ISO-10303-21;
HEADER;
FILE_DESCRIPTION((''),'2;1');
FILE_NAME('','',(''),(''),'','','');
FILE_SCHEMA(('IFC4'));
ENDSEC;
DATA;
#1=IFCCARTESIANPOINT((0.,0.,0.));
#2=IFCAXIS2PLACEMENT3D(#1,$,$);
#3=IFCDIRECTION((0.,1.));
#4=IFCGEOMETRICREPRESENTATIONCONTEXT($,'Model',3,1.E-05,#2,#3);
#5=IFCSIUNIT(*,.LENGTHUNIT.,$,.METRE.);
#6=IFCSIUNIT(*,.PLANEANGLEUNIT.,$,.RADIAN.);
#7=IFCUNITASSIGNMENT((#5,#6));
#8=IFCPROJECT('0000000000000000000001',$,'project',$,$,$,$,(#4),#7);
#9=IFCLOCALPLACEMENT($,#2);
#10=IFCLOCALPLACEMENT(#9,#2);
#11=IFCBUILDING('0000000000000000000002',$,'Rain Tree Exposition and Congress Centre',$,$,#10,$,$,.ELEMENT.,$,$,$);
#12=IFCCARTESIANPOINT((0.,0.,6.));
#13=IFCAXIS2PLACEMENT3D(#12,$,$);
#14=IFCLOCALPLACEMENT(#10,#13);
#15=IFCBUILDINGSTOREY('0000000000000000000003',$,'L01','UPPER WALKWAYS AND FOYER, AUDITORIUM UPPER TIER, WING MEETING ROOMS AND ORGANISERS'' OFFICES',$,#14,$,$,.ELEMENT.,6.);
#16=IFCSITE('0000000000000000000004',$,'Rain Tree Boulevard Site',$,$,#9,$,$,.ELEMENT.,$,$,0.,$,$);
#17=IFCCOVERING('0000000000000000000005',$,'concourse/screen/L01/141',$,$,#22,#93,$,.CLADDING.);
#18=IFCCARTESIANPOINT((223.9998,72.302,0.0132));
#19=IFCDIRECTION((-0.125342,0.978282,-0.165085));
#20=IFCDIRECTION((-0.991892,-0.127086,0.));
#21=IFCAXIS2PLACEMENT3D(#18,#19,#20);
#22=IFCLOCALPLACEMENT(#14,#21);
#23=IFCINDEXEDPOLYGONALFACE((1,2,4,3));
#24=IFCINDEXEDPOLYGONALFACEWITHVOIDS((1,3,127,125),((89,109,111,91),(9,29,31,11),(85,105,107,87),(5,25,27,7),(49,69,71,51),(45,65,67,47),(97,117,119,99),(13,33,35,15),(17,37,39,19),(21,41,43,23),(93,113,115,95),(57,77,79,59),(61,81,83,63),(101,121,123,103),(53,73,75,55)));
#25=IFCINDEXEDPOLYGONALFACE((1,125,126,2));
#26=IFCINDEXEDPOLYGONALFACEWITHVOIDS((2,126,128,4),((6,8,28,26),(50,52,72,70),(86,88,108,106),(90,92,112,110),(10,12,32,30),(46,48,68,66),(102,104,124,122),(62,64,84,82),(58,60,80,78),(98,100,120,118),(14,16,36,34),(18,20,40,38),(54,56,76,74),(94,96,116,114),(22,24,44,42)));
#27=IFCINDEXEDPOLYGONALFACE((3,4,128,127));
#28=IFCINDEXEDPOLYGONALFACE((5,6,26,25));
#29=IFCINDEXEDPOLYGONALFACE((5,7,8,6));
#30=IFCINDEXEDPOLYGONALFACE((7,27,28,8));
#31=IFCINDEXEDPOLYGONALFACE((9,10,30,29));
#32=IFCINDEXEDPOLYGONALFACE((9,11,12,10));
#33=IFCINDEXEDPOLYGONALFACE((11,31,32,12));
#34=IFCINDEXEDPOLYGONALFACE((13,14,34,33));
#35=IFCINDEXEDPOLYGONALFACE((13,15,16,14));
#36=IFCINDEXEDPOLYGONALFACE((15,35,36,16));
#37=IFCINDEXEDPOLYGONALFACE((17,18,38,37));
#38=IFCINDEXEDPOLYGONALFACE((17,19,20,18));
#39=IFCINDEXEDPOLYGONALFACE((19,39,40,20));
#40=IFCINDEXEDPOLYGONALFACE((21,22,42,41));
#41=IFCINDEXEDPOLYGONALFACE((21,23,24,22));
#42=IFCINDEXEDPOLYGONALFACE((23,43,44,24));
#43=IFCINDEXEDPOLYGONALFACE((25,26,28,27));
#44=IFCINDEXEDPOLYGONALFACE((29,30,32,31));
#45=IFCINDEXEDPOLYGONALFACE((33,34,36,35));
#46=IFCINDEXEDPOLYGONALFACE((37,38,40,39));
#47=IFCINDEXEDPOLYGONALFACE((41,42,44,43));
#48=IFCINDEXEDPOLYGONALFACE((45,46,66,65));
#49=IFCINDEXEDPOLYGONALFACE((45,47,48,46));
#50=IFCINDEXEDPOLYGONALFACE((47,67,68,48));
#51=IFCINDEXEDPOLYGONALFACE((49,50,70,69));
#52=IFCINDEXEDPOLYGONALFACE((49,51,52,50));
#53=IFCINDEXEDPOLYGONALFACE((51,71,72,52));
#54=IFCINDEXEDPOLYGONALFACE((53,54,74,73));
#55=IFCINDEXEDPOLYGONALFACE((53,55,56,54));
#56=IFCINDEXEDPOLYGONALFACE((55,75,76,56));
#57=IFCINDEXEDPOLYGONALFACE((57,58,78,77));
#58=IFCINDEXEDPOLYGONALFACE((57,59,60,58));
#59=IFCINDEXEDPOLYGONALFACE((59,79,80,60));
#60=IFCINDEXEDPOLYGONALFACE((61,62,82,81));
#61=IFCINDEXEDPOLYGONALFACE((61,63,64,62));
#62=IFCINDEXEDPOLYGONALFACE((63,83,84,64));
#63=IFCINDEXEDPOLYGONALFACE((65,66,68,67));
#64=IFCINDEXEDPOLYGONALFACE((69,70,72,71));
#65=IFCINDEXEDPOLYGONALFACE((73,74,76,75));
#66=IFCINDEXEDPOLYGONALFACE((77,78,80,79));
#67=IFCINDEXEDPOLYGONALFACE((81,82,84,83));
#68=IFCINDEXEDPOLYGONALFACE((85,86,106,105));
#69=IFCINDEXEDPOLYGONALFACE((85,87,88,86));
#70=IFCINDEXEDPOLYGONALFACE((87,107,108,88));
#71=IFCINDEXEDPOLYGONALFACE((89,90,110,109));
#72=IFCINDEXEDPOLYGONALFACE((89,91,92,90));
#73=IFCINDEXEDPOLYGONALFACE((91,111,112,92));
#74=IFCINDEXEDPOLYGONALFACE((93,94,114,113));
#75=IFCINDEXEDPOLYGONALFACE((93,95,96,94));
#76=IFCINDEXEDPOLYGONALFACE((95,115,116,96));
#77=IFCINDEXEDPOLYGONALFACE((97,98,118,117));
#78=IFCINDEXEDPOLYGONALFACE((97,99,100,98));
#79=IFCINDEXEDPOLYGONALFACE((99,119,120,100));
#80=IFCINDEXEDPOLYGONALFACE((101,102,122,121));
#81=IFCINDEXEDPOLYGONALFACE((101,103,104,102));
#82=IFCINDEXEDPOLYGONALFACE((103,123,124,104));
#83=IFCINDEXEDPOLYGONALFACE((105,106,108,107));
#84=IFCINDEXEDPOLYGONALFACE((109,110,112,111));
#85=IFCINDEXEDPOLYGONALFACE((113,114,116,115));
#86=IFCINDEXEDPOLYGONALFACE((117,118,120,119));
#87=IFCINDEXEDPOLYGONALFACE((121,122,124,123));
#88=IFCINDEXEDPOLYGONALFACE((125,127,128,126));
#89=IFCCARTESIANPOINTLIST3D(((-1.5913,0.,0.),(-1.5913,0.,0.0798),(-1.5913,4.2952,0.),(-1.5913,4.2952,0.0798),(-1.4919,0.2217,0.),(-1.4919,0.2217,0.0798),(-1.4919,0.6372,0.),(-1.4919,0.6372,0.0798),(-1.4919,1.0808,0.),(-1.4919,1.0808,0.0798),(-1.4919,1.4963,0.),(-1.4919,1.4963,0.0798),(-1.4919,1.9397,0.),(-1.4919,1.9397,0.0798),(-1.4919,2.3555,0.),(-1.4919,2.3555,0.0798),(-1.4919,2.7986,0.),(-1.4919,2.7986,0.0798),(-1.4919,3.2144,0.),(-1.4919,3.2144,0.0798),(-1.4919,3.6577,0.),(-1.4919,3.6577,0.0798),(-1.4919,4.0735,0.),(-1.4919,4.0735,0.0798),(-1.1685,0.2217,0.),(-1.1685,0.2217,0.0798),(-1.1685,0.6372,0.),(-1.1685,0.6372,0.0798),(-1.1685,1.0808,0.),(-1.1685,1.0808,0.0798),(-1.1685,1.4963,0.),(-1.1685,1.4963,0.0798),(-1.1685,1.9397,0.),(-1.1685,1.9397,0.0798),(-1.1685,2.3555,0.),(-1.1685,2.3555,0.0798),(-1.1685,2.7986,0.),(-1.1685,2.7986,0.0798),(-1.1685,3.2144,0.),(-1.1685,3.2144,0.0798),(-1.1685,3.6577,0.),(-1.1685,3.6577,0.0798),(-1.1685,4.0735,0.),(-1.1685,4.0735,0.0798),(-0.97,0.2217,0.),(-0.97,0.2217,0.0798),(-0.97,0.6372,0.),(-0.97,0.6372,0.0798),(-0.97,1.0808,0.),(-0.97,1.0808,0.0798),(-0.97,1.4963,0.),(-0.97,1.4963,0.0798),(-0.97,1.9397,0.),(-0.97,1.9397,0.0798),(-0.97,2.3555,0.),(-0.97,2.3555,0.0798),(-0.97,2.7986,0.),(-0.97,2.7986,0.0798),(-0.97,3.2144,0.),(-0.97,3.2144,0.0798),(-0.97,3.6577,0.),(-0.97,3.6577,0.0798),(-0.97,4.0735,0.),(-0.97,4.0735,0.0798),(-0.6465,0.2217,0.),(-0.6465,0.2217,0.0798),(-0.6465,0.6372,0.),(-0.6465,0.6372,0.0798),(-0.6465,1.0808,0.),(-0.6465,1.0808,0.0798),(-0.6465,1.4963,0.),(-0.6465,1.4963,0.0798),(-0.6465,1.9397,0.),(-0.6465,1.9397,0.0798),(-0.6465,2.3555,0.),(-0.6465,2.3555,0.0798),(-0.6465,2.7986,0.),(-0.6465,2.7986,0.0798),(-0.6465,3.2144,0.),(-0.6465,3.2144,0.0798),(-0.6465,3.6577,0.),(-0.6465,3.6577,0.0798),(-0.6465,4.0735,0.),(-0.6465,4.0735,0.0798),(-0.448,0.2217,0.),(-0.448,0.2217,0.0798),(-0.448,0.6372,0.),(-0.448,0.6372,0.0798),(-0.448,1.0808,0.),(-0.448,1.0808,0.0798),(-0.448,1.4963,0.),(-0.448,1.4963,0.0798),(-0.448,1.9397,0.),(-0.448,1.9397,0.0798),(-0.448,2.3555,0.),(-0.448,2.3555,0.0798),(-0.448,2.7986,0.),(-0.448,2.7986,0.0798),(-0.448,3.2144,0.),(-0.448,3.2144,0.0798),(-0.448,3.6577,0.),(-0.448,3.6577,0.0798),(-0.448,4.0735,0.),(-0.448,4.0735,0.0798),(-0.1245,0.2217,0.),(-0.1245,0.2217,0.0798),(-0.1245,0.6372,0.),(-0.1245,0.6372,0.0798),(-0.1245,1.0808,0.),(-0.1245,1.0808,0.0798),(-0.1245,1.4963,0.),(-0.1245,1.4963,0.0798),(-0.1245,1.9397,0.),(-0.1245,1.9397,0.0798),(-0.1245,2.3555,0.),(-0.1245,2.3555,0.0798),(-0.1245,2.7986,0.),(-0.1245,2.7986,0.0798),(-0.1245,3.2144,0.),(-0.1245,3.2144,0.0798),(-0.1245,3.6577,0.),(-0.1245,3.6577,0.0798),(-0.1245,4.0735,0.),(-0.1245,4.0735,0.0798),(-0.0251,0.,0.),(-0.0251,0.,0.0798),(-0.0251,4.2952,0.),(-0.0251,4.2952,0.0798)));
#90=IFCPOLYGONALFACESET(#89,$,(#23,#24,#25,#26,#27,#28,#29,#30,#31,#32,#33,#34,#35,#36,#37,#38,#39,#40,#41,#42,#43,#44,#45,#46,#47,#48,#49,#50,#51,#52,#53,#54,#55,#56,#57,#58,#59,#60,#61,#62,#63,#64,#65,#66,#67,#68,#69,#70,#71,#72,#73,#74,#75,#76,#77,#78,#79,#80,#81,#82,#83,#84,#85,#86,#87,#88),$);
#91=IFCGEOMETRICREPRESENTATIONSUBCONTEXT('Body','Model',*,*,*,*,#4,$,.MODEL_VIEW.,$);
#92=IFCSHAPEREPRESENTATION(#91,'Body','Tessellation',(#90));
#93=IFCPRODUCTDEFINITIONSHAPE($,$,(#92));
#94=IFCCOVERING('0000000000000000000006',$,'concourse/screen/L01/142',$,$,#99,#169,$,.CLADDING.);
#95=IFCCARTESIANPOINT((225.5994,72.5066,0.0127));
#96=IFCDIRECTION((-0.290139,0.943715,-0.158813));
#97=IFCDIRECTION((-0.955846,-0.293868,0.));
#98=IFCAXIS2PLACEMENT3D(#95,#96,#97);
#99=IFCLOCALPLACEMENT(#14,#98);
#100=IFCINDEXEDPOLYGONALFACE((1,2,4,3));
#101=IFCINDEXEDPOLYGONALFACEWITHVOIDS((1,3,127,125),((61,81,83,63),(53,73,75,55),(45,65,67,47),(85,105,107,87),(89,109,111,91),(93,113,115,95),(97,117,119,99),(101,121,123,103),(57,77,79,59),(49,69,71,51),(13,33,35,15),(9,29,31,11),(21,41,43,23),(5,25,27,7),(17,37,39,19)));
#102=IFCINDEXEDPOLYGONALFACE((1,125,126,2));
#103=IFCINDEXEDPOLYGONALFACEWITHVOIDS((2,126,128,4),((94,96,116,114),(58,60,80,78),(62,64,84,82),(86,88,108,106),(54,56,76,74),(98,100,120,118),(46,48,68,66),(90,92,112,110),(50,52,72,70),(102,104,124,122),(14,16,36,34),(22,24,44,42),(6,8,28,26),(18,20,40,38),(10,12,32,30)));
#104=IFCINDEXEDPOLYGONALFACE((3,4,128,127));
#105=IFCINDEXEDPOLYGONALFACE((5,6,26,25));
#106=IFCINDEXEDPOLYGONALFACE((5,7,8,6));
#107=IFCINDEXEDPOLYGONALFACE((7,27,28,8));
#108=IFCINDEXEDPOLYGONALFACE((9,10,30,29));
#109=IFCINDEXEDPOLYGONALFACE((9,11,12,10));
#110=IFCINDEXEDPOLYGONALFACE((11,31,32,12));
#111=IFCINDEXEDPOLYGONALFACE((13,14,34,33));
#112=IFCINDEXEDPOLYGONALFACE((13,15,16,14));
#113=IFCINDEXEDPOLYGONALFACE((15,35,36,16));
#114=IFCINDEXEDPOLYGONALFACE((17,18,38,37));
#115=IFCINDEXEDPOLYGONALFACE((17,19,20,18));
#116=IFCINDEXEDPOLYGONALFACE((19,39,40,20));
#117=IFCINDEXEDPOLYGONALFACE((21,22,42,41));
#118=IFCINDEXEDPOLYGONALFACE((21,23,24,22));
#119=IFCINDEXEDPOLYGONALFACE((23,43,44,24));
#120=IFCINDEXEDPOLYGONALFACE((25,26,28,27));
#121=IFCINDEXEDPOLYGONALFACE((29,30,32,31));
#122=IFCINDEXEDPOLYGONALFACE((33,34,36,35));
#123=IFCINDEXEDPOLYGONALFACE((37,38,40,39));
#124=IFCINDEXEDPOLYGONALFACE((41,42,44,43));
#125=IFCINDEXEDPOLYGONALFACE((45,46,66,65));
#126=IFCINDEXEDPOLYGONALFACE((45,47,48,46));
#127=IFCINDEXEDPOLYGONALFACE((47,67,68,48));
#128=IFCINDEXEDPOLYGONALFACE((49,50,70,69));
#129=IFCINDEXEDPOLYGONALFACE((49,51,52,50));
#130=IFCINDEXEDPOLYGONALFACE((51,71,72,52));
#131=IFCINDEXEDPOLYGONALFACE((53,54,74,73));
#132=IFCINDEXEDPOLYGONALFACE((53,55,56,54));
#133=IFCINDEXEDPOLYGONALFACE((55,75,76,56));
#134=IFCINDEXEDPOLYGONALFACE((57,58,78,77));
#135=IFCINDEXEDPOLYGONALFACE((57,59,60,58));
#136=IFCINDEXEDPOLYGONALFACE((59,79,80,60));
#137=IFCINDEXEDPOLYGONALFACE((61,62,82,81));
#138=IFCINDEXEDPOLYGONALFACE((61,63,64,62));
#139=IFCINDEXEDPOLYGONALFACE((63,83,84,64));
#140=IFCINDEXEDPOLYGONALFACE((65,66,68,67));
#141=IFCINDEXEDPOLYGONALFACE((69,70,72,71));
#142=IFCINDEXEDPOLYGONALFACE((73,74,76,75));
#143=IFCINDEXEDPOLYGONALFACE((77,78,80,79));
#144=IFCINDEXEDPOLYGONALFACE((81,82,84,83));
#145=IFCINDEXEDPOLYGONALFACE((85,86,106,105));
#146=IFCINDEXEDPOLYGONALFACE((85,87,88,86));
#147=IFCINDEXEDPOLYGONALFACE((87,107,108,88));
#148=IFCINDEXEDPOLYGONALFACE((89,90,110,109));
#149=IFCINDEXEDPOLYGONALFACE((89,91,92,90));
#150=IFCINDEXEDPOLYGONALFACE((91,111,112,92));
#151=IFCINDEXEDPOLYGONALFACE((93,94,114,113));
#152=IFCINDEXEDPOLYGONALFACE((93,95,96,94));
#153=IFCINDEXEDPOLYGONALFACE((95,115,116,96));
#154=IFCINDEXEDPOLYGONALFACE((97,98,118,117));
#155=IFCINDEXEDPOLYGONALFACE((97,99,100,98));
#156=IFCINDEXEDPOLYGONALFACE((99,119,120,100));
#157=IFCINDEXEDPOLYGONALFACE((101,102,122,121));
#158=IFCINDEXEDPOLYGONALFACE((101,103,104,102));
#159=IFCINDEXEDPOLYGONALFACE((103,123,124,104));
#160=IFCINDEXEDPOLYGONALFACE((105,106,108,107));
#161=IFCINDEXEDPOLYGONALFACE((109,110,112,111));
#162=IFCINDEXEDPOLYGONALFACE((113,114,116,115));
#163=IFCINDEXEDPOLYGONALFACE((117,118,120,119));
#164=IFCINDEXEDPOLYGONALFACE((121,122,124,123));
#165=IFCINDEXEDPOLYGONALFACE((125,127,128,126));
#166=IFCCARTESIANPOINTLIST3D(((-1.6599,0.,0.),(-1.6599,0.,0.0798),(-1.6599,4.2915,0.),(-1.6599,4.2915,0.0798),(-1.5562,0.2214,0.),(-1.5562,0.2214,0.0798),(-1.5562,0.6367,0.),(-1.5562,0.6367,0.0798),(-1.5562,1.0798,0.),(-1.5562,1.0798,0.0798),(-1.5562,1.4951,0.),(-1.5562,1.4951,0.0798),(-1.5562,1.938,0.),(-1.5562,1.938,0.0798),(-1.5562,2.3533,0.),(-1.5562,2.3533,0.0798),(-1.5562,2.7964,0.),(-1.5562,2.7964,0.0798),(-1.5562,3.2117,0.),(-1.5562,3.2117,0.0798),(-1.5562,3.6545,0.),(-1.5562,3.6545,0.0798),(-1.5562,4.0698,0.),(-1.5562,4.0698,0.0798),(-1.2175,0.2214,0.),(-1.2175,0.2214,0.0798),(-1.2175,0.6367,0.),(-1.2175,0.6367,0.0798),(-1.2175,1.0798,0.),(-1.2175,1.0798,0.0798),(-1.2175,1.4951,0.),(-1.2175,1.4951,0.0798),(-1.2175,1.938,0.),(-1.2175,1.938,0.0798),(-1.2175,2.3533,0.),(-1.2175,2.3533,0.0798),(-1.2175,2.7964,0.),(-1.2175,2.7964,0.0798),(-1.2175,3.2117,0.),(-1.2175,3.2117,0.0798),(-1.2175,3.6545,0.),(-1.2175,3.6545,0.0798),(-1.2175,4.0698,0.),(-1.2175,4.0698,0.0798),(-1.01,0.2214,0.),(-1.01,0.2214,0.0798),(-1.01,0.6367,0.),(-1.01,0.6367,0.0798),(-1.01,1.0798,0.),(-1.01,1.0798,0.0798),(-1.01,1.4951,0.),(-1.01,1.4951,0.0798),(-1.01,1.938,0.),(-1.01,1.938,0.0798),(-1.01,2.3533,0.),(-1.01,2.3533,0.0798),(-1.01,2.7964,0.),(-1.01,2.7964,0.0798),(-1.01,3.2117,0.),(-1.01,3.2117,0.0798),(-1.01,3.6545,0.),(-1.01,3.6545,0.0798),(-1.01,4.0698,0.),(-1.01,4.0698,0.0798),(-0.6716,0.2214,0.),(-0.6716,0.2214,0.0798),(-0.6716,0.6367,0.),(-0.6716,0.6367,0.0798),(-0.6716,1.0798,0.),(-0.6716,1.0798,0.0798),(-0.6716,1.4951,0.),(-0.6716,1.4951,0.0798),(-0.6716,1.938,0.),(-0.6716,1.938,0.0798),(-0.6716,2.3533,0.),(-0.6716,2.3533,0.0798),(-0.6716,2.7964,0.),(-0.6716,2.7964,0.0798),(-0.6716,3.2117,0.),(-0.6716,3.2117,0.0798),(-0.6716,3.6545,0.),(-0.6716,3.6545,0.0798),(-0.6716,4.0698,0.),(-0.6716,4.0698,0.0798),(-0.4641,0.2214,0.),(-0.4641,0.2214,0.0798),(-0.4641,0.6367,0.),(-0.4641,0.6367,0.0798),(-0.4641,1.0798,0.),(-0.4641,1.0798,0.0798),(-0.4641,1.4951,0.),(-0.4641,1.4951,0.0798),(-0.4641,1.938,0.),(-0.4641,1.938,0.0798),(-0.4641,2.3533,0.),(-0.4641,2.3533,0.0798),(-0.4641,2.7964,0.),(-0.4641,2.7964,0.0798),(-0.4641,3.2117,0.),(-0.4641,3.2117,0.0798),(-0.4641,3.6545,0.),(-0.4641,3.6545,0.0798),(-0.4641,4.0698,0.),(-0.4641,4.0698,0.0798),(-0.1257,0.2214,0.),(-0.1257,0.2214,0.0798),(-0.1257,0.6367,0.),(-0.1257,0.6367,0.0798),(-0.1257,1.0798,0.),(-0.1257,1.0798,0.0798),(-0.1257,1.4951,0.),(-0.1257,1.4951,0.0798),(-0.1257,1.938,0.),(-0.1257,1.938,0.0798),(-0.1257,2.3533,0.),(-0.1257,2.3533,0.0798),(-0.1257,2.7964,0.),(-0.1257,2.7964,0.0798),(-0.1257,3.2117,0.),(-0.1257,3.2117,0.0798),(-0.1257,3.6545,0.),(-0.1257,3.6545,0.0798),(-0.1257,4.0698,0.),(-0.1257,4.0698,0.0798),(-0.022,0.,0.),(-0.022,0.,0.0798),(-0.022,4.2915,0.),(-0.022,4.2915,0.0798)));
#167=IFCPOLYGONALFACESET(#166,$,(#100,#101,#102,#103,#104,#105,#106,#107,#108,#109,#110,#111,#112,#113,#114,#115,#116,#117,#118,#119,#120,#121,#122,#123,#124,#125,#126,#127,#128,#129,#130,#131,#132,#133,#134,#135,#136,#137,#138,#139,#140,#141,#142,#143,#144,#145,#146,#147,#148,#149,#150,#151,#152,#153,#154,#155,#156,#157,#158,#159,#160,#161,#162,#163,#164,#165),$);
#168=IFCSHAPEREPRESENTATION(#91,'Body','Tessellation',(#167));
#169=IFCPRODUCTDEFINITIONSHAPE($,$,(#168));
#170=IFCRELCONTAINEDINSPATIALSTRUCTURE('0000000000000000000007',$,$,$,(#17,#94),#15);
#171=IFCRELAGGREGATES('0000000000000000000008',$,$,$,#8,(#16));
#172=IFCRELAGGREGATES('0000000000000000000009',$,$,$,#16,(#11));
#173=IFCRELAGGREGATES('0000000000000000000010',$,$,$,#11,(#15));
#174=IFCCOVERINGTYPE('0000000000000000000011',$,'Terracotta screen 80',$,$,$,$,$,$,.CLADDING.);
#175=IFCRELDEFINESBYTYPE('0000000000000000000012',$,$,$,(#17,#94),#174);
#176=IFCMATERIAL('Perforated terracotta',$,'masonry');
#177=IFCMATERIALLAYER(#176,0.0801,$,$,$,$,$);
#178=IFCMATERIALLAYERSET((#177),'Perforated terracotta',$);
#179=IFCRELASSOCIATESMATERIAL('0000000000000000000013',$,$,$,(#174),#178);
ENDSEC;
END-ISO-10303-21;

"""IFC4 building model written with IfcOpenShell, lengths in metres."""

from ifc_helpers import new_model, si_unit, direction, frame, origin, place, context, subcontext, project, spatial, polyline, outline, extrude, material, layer, layer_set, type_object, element, save


model = new_model("IFC4")

# Units and contexts
model_context = context("Model", 3, precision=1e-05, world=origin(), true_north=direction((0.0, 1.0)))
body_context = subcontext(model_context, "Body", "Model", "MODEL_VIEW")
ifc_project = project(units=[si_unit("LENGTHUNIT", "METRE"), si_unit("PLANEANGLEUNIT", "RADIAN")], contexts=[model_context])

# Site, building, storey
site_placement = place(None, origin())
site = spatial("IfcSite", under=ifc_project, at=site_placement, Name="Rain Tree Boulevard Site", CompositionType="ELEMENT", RefElevation=0.0)
building_placement = place(site_placement, origin())
building = spatial("IfcBuilding", under=site, at=building_placement, Name="Rain Tree Exposition and Congress Centre", CompositionType="ELEMENT")
storey_placement = place(building_placement, frame((0.0, 0.0, 6.0)))
storey = spatial("IfcBuildingStorey", under=building, at=storey_placement, Name="L01", Description="UPPER WALKWAYS AND FOYER, AUDITORIUM UPPER TIER, WING MEETING ROOMS AND ORGANISERS' OFFICES", CompositionType="ELEMENT", Elevation=6.0)

# Coverings
ifc_material_1 = material(Name="Perforated terracotta", Category="masonry")
ifc_layer_1 = layer(ifc_material_1, 0.0801)
ifc_layer_set_1 = layer_set([ifc_layer_1], Name="Perforated terracotta")
covering_type = type_object("IfcCoveringType", Name="Terracotta screen 80", PredefinedType="CLADDING", material=ifc_layer_set_1)
covering_1_placement = place(storey_placement, frame((223.9998, 72.302, 0.0132), z_axis=(-0.125342, 0.978282, -0.165085), x_axis=(-0.991892, -0.127086, 0.0)))
element("IfcCovering", 1, at=covering_1_placement, inside=storey, type_object=covering_type, Name="concourse/screen/L01/141", PredefinedType="CLADDING", context=body_context, shape_type="SweptSolid", body=[
    extrude(outline(polyline([(-1.5913, 0.0), (-1.5913, 4.2952), (-0.0251, 4.2952), (-0.0251, 0.0), (-1.5913, 0.0)]), holes=[polyline([(-0.1245, 0.2217), (-0.1245, 0.6372), (-0.448, 0.6372), (-0.448, 0.2217), (-0.1245, 0.2217)]), polyline([(-0.1245, 1.0808), (-0.1245, 1.4963), (-0.448, 1.4963), (-0.448, 1.0808), (-0.1245, 1.0808)]), polyline([(-0.1245, 1.9397), (-0.1245, 2.3555), (-0.448, 2.3555), (-0.448, 1.9397), (-0.1245, 1.9397)]), polyline([(-0.1245, 2.7986), (-0.1245, 3.2144), (-0.448, 3.2144), (-0.448, 2.7986), (-0.1245, 2.7986)]), polyline([(-0.1245, 3.6577), (-0.1245, 4.0735), (-0.448, 4.0735), (-0.448, 3.6577), (-0.1245, 3.6577)]), polyline([(-0.6465, 0.2217), (-0.6465, 0.6372), (-0.97, 0.6372), (-0.97, 0.2217), (-0.6465, 0.2217)]), polyline([(-0.6465, 1.0808), (-0.6465, 1.4963), (-0.97, 1.4963), (-0.97, 1.0808), (-0.6465, 1.0808)]), polyline([(-0.6465, 1.9397), (-0.6465, 2.3555), (-0.97, 2.3555), (-0.97, 1.9397), (-0.6465, 1.9397)]), polyline([(-0.6465, 2.7986), (-0.6465, 3.2144), (-0.97, 3.2144), (-0.97, 2.7986), (-0.6465, 2.7986)]), polyline([(-0.6465, 3.6577), (-0.6465, 4.0735), (-0.97, 4.0735), (-0.97, 3.6577), (-0.6465, 3.6577)]), polyline([(-1.1685, 0.2217), (-1.1685, 0.6372), (-1.4919, 0.6372), (-1.4919, 0.2217), (-1.1685, 0.2217)]), polyline([(-1.1685, 1.0808), (-1.1685, 1.4963), (-1.4919, 1.4963), (-1.4919, 1.0808), (-1.1685, 1.0808)]), polyline([(-1.1685, 1.9397), (-1.1685, 2.3555), (-1.4919, 2.3555), (-1.4919, 1.9397), (-1.1685, 1.9397)]), polyline([(-1.1685, 2.7986), (-1.1685, 3.2144), (-1.4919, 3.2144), (-1.4919, 2.7986), (-1.1685, 2.7986)]), polyline([(-1.1685, 3.6577), (-1.1685, 4.0735), (-1.4919, 4.0735), (-1.4919, 3.6577), (-1.1685, 3.6577)])]), origin(), (0.0, 0.0, 1.0), 0.0798),
])
covering_2_placement = place(storey_placement, frame((225.5994, 72.5066, 0.0127), z_axis=(-0.290139, 0.943715, -0.158813), x_axis=(-0.955846, -0.293868, 0.0)))
element("IfcCovering", 2, at=covering_2_placement, inside=storey, type_object=covering_type, Name="concourse/screen/L01/142", PredefinedType="CLADDING", context=body_context, shape_type="SweptSolid", body=[
    extrude(outline(polyline([(-1.6599, 0.0), (-1.6599, 4.2915), (-0.022, 4.2915), (-0.022, 0.0), (-1.6599, 0.0)]), holes=[polyline([(-0.1257, 0.2214), (-0.1257, 0.6367), (-0.4641, 0.6367), (-0.4641, 0.2214), (-0.1257, 0.2214)]), polyline([(-0.1257, 1.0798), (-0.1257, 1.4951), (-0.4641, 1.4951), (-0.4641, 1.0798), (-0.1257, 1.0798)]), polyline([(-0.1257, 1.938), (-0.1257, 2.3533), (-0.4641, 2.3533), (-0.4641, 1.938), (-0.1257, 1.938)]), polyline([(-0.1257, 2.7964), (-0.1257, 3.2117), (-0.4641, 3.2117), (-0.4641, 2.7964), (-0.1257, 2.7964)]), polyline([(-0.1257, 3.6545), (-0.1257, 4.0698), (-0.4641, 4.0698), (-0.4641, 3.6545), (-0.1257, 3.6545)]), polyline([(-0.6716, 0.2214), (-0.6716, 0.6367), (-1.01, 0.6367), (-1.01, 0.2214), (-0.6716, 0.2214)]), polyline([(-0.6716, 1.0798), (-0.6716, 1.4951), (-1.01, 1.4951), (-1.01, 1.0798), (-0.6716, 1.0798)]), polyline([(-0.6716, 1.938), (-0.6716, 2.3533), (-1.01, 2.3533), (-1.01, 1.938), (-0.6716, 1.938)]), polyline([(-0.6716, 2.7964), (-0.6716, 3.2117), (-1.01, 3.2117), (-1.01, 2.7964), (-0.6716, 2.7964)]), polyline([(-0.6716, 3.6545), (-0.6716, 4.0698), (-1.01, 4.0698), (-1.01, 3.6545), (-0.6716, 3.6545)]), polyline([(-1.2175, 0.2214), (-1.2175, 0.6367), (-1.5562, 0.6367), (-1.5562, 0.2214), (-1.2175, 0.2214)]), polyline([(-1.2175, 1.0798), (-1.2175, 1.4951), (-1.5562, 1.4951), (-1.5562, 1.0798), (-1.2175, 1.0798)]), polyline([(-1.2175, 1.938), (-1.2175, 2.3533), (-1.5562, 2.3533), (-1.5562, 1.938), (-1.2175, 1.938)]), polyline([(-1.2175, 2.7964), (-1.2175, 3.2117), (-1.5562, 3.2117), (-1.5562, 2.7964), (-1.2175, 2.7964)]), polyline([(-1.2175, 3.6545), (-1.2175, 4.0698), (-1.5562, 4.0698), (-1.5562, 3.6545), (-1.2175, 3.6545)])]), origin(), (0.0, 0.0, 1.0), 0.0798),
])

save(model, "model.ifc")
